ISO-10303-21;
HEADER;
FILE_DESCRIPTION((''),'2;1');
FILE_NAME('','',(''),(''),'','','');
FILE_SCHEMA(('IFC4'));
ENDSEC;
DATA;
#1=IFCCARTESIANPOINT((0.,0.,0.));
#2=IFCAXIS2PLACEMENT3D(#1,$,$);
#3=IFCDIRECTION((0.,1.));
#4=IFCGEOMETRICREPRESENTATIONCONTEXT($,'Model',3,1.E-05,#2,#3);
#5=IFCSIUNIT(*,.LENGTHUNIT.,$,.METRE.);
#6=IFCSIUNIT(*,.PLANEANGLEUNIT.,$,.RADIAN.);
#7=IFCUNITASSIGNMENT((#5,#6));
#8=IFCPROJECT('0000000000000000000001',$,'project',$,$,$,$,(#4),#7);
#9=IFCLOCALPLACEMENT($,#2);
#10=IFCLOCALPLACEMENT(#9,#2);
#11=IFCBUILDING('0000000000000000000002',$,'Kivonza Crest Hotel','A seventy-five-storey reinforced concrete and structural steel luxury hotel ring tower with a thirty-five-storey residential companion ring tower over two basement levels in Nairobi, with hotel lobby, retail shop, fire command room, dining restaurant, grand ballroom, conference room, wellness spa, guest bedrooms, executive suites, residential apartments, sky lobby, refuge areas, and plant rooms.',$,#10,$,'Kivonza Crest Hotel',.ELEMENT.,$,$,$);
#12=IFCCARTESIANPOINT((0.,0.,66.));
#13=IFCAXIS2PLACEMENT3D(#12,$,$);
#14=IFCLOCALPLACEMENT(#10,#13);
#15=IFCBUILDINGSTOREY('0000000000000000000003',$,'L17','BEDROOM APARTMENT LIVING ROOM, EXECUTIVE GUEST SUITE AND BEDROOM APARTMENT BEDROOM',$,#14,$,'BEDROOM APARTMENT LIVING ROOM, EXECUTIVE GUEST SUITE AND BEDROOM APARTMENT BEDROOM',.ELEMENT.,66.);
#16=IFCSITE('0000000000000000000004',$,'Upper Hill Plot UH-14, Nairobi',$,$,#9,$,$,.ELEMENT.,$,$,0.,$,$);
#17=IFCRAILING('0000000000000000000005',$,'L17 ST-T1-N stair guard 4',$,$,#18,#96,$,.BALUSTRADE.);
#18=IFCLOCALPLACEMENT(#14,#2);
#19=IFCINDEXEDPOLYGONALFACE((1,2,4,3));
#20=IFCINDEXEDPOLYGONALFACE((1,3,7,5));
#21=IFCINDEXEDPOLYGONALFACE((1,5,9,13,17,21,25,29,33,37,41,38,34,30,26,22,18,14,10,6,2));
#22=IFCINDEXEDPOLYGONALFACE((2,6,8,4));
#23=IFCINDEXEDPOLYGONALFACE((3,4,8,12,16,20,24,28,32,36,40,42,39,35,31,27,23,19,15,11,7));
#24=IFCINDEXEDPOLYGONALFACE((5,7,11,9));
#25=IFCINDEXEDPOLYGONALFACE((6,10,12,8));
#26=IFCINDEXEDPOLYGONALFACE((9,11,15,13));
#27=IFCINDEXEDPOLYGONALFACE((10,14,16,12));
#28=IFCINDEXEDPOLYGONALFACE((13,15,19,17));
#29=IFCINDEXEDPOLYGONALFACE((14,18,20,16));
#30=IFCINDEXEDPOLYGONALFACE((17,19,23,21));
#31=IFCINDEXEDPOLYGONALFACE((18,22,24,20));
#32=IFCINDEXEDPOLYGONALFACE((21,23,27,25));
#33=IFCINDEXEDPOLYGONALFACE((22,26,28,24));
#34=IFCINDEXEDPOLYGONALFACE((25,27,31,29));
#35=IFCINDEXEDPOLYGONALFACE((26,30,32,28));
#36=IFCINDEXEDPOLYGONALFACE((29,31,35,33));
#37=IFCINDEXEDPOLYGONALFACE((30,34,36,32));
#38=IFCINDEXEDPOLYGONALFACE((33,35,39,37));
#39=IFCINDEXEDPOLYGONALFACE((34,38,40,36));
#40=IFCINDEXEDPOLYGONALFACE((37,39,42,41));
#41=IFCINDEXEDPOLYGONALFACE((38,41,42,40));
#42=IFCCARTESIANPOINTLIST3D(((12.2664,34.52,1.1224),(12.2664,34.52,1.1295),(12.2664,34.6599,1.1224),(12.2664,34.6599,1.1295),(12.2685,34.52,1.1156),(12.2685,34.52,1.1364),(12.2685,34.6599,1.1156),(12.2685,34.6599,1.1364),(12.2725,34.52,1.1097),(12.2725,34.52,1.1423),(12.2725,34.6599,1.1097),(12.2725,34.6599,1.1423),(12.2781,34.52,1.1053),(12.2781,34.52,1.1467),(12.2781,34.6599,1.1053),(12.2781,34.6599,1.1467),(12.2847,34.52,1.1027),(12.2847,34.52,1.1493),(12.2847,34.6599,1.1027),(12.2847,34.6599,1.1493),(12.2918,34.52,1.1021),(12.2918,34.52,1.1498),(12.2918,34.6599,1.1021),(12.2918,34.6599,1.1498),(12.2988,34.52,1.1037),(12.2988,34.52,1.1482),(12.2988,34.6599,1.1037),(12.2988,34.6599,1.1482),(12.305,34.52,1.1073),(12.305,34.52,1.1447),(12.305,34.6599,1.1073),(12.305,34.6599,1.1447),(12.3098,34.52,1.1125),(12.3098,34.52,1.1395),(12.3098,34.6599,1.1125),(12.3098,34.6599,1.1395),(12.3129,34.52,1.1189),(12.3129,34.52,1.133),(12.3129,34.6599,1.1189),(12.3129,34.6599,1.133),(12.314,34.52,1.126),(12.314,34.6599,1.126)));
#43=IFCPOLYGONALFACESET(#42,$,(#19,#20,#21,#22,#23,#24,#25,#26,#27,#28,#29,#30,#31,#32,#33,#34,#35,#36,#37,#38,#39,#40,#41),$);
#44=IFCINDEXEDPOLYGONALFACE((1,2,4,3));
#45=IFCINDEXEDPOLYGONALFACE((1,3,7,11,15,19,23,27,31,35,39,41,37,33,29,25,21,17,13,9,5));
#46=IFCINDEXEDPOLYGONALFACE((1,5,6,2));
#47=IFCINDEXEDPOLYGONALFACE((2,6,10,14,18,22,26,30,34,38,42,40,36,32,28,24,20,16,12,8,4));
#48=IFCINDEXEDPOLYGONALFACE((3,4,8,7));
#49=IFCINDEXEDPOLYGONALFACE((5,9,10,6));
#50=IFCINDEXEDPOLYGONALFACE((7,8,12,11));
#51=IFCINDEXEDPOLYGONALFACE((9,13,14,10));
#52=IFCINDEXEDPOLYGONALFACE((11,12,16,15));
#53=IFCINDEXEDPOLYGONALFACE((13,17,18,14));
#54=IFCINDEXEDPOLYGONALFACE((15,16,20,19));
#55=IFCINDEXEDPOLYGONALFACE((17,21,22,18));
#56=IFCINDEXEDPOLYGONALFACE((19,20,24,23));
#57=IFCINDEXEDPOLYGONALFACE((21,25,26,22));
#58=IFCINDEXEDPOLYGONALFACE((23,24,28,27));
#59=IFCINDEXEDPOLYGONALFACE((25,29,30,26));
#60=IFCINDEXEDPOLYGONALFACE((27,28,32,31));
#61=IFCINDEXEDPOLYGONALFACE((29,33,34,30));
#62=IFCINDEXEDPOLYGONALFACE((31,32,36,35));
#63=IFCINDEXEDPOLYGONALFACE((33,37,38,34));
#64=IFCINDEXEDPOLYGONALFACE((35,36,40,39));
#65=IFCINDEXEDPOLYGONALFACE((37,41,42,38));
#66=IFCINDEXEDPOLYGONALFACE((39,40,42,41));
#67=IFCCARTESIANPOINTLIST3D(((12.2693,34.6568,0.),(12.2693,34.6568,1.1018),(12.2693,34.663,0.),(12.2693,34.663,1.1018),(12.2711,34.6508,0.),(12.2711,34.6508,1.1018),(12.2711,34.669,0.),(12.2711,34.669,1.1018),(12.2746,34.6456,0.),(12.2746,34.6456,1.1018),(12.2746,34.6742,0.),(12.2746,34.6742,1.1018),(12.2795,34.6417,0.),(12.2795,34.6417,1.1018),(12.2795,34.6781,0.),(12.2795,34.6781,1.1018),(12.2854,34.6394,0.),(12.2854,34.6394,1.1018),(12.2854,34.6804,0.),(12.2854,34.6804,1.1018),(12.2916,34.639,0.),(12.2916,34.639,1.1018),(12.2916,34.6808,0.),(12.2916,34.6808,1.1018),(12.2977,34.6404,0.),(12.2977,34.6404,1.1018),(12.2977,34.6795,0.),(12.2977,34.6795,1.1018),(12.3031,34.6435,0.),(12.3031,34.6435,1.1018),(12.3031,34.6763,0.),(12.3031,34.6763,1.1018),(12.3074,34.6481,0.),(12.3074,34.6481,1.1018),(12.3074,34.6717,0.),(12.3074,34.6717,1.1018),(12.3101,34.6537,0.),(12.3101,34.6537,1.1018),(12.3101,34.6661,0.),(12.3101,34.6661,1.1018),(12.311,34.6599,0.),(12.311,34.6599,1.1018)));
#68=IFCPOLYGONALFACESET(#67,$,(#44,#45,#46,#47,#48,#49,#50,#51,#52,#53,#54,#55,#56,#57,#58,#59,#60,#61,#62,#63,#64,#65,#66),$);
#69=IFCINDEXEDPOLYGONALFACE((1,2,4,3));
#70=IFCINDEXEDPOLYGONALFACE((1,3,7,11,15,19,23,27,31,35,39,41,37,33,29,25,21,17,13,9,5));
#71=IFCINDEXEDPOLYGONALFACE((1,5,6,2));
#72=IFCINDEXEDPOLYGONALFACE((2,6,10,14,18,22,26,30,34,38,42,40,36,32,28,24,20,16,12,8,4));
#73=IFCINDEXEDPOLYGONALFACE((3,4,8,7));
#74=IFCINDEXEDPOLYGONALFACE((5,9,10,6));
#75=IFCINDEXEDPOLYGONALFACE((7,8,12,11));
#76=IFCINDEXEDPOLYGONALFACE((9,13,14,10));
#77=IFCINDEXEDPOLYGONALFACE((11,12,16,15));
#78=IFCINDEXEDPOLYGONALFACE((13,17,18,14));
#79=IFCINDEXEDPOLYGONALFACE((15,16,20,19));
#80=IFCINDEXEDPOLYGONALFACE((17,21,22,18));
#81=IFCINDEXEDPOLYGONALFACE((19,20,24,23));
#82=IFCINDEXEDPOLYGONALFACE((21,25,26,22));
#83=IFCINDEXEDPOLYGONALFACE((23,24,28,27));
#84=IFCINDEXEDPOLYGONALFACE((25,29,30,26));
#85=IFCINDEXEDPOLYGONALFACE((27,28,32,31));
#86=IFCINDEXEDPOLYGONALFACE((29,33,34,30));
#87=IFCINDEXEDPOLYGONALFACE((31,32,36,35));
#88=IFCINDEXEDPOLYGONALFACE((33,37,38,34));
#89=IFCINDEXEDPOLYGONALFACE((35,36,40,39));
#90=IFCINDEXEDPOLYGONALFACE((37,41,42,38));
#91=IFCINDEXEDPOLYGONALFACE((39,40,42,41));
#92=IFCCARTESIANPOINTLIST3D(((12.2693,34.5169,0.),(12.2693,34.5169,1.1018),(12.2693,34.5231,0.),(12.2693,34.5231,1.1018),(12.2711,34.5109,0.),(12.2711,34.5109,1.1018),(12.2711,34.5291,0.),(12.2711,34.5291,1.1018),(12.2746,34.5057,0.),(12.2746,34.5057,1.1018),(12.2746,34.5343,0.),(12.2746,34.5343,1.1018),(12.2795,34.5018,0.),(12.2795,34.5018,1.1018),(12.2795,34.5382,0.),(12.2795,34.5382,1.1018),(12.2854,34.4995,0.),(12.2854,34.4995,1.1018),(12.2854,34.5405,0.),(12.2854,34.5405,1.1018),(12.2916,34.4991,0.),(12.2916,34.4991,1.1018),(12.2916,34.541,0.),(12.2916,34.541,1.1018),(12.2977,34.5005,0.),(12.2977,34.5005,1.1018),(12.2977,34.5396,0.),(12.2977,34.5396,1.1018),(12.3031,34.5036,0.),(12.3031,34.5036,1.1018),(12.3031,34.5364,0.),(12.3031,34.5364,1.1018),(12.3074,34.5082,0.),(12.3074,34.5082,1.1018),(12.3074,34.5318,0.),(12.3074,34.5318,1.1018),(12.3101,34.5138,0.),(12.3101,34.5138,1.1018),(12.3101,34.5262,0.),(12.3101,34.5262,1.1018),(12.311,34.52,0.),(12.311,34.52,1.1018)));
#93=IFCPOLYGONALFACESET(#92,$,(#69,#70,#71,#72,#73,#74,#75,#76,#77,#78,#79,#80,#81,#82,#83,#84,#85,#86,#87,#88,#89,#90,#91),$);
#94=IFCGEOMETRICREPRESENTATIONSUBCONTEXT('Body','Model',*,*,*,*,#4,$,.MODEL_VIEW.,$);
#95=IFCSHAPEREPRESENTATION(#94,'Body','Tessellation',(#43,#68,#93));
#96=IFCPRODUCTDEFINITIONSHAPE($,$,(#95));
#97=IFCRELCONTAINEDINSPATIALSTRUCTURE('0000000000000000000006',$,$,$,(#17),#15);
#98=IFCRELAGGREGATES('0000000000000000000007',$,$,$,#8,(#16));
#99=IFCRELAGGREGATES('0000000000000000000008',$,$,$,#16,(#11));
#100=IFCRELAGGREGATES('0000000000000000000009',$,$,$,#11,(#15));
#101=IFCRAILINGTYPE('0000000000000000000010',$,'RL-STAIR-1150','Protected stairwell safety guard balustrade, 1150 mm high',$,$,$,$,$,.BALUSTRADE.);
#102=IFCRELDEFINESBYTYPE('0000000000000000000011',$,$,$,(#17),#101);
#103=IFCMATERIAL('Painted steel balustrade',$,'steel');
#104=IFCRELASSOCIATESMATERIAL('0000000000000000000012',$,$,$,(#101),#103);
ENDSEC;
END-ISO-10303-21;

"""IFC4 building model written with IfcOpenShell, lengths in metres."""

from ifc_helpers import new_model, si_unit, direction, frame, origin, origin_2d, place, context, subcontext, project, spatial, circle, extrude, material, type_object, element, save


model = new_model("IFC4")

# Units and contexts
model_context = context("Model", 3, precision=1e-05, world=origin(), true_north=direction((0.0, 1.0)))
body_context = subcontext(model_context, "Body", "Model", "MODEL_VIEW")
ifc_project = project(units=[si_unit("LENGTHUNIT", "METRE"), si_unit("PLANEANGLEUNIT", "RADIAN")], contexts=[model_context])

# Site, building, storey
site_placement = place(None, origin())
site = spatial("IfcSite", under=ifc_project, at=site_placement, Name="Upper Hill Plot UH-14, Nairobi", CompositionType="ELEMENT", RefElevation=0.0)
building_placement = place(site_placement, origin())
building = spatial("IfcBuilding", under=site, at=building_placement, Name="Kivonza Crest Hotel", Description="A seventy-five-storey reinforced concrete and structural steel luxury hotel ring tower with a thirty-five-storey residential companion ring tower over two basement levels in Nairobi, with hotel lobby, retail shop, fire command room, dining restaurant, grand ballroom, conference room, wellness spa, guest bedrooms, executive suites, residential apartments, sky lobby, refuge areas, and plant rooms.", LongName="Kivonza Crest Hotel", CompositionType="ELEMENT")
storey_placement = place(building_placement, frame((0.0, 0.0, 66.0)))
storey = spatial("IfcBuildingStorey", under=building, at=storey_placement, Name="L17", Description="BEDROOM APARTMENT LIVING ROOM, EXECUTIVE GUEST SUITE AND BEDROOM APARTMENT BEDROOM", LongName="BEDROOM APARTMENT LIVING ROOM, EXECUTIVE GUEST SUITE AND BEDROOM APARTMENT BEDROOM", CompositionType="ELEMENT", Elevation=66.0)

# Railing
ifc_material_1 = material(Name="Painted steel balustrade", Category="steel")
railing_type_1 = type_object("IfcRailingType", Name="RL-STAIR-1150", Description="Protected stairwell safety guard balustrade, 1150 mm high", PredefinedType="BALUSTRADE", material=ifc_material_1)
railing_1_placement = place(storey_placement, frame((12.29, 34.6599, 0.0)))
element("IfcRailing", 1, at=railing_1_placement, inside=storey, type_object=railing_type_1, Name="L17 ST-T1-N stair guard 4", PredefinedType="BALUSTRADE", context=body_context, shape_type="SweptSolid", body=[
    extrude(circle(Radius=0.0239, at=origin_2d()), frame((0.0, 0.0, 1.126), z_axis=(0.0, -1.0, 0.0), x_axis=(1.0, 0.0, 0.0)), (0.0, 0.0, 1.0), 0.1399),
    extrude(circle(Radius=0.021, at=origin_2d()), origin(), (0.0, 0.0, 1.0), 1.1018),
    extrude(circle(Radius=0.021, at=origin_2d()), frame((0.0, -0.1399, 0.0)), (0.0, 0.0, 1.0), 1.1018),
])

save(model, "model.ifc")
